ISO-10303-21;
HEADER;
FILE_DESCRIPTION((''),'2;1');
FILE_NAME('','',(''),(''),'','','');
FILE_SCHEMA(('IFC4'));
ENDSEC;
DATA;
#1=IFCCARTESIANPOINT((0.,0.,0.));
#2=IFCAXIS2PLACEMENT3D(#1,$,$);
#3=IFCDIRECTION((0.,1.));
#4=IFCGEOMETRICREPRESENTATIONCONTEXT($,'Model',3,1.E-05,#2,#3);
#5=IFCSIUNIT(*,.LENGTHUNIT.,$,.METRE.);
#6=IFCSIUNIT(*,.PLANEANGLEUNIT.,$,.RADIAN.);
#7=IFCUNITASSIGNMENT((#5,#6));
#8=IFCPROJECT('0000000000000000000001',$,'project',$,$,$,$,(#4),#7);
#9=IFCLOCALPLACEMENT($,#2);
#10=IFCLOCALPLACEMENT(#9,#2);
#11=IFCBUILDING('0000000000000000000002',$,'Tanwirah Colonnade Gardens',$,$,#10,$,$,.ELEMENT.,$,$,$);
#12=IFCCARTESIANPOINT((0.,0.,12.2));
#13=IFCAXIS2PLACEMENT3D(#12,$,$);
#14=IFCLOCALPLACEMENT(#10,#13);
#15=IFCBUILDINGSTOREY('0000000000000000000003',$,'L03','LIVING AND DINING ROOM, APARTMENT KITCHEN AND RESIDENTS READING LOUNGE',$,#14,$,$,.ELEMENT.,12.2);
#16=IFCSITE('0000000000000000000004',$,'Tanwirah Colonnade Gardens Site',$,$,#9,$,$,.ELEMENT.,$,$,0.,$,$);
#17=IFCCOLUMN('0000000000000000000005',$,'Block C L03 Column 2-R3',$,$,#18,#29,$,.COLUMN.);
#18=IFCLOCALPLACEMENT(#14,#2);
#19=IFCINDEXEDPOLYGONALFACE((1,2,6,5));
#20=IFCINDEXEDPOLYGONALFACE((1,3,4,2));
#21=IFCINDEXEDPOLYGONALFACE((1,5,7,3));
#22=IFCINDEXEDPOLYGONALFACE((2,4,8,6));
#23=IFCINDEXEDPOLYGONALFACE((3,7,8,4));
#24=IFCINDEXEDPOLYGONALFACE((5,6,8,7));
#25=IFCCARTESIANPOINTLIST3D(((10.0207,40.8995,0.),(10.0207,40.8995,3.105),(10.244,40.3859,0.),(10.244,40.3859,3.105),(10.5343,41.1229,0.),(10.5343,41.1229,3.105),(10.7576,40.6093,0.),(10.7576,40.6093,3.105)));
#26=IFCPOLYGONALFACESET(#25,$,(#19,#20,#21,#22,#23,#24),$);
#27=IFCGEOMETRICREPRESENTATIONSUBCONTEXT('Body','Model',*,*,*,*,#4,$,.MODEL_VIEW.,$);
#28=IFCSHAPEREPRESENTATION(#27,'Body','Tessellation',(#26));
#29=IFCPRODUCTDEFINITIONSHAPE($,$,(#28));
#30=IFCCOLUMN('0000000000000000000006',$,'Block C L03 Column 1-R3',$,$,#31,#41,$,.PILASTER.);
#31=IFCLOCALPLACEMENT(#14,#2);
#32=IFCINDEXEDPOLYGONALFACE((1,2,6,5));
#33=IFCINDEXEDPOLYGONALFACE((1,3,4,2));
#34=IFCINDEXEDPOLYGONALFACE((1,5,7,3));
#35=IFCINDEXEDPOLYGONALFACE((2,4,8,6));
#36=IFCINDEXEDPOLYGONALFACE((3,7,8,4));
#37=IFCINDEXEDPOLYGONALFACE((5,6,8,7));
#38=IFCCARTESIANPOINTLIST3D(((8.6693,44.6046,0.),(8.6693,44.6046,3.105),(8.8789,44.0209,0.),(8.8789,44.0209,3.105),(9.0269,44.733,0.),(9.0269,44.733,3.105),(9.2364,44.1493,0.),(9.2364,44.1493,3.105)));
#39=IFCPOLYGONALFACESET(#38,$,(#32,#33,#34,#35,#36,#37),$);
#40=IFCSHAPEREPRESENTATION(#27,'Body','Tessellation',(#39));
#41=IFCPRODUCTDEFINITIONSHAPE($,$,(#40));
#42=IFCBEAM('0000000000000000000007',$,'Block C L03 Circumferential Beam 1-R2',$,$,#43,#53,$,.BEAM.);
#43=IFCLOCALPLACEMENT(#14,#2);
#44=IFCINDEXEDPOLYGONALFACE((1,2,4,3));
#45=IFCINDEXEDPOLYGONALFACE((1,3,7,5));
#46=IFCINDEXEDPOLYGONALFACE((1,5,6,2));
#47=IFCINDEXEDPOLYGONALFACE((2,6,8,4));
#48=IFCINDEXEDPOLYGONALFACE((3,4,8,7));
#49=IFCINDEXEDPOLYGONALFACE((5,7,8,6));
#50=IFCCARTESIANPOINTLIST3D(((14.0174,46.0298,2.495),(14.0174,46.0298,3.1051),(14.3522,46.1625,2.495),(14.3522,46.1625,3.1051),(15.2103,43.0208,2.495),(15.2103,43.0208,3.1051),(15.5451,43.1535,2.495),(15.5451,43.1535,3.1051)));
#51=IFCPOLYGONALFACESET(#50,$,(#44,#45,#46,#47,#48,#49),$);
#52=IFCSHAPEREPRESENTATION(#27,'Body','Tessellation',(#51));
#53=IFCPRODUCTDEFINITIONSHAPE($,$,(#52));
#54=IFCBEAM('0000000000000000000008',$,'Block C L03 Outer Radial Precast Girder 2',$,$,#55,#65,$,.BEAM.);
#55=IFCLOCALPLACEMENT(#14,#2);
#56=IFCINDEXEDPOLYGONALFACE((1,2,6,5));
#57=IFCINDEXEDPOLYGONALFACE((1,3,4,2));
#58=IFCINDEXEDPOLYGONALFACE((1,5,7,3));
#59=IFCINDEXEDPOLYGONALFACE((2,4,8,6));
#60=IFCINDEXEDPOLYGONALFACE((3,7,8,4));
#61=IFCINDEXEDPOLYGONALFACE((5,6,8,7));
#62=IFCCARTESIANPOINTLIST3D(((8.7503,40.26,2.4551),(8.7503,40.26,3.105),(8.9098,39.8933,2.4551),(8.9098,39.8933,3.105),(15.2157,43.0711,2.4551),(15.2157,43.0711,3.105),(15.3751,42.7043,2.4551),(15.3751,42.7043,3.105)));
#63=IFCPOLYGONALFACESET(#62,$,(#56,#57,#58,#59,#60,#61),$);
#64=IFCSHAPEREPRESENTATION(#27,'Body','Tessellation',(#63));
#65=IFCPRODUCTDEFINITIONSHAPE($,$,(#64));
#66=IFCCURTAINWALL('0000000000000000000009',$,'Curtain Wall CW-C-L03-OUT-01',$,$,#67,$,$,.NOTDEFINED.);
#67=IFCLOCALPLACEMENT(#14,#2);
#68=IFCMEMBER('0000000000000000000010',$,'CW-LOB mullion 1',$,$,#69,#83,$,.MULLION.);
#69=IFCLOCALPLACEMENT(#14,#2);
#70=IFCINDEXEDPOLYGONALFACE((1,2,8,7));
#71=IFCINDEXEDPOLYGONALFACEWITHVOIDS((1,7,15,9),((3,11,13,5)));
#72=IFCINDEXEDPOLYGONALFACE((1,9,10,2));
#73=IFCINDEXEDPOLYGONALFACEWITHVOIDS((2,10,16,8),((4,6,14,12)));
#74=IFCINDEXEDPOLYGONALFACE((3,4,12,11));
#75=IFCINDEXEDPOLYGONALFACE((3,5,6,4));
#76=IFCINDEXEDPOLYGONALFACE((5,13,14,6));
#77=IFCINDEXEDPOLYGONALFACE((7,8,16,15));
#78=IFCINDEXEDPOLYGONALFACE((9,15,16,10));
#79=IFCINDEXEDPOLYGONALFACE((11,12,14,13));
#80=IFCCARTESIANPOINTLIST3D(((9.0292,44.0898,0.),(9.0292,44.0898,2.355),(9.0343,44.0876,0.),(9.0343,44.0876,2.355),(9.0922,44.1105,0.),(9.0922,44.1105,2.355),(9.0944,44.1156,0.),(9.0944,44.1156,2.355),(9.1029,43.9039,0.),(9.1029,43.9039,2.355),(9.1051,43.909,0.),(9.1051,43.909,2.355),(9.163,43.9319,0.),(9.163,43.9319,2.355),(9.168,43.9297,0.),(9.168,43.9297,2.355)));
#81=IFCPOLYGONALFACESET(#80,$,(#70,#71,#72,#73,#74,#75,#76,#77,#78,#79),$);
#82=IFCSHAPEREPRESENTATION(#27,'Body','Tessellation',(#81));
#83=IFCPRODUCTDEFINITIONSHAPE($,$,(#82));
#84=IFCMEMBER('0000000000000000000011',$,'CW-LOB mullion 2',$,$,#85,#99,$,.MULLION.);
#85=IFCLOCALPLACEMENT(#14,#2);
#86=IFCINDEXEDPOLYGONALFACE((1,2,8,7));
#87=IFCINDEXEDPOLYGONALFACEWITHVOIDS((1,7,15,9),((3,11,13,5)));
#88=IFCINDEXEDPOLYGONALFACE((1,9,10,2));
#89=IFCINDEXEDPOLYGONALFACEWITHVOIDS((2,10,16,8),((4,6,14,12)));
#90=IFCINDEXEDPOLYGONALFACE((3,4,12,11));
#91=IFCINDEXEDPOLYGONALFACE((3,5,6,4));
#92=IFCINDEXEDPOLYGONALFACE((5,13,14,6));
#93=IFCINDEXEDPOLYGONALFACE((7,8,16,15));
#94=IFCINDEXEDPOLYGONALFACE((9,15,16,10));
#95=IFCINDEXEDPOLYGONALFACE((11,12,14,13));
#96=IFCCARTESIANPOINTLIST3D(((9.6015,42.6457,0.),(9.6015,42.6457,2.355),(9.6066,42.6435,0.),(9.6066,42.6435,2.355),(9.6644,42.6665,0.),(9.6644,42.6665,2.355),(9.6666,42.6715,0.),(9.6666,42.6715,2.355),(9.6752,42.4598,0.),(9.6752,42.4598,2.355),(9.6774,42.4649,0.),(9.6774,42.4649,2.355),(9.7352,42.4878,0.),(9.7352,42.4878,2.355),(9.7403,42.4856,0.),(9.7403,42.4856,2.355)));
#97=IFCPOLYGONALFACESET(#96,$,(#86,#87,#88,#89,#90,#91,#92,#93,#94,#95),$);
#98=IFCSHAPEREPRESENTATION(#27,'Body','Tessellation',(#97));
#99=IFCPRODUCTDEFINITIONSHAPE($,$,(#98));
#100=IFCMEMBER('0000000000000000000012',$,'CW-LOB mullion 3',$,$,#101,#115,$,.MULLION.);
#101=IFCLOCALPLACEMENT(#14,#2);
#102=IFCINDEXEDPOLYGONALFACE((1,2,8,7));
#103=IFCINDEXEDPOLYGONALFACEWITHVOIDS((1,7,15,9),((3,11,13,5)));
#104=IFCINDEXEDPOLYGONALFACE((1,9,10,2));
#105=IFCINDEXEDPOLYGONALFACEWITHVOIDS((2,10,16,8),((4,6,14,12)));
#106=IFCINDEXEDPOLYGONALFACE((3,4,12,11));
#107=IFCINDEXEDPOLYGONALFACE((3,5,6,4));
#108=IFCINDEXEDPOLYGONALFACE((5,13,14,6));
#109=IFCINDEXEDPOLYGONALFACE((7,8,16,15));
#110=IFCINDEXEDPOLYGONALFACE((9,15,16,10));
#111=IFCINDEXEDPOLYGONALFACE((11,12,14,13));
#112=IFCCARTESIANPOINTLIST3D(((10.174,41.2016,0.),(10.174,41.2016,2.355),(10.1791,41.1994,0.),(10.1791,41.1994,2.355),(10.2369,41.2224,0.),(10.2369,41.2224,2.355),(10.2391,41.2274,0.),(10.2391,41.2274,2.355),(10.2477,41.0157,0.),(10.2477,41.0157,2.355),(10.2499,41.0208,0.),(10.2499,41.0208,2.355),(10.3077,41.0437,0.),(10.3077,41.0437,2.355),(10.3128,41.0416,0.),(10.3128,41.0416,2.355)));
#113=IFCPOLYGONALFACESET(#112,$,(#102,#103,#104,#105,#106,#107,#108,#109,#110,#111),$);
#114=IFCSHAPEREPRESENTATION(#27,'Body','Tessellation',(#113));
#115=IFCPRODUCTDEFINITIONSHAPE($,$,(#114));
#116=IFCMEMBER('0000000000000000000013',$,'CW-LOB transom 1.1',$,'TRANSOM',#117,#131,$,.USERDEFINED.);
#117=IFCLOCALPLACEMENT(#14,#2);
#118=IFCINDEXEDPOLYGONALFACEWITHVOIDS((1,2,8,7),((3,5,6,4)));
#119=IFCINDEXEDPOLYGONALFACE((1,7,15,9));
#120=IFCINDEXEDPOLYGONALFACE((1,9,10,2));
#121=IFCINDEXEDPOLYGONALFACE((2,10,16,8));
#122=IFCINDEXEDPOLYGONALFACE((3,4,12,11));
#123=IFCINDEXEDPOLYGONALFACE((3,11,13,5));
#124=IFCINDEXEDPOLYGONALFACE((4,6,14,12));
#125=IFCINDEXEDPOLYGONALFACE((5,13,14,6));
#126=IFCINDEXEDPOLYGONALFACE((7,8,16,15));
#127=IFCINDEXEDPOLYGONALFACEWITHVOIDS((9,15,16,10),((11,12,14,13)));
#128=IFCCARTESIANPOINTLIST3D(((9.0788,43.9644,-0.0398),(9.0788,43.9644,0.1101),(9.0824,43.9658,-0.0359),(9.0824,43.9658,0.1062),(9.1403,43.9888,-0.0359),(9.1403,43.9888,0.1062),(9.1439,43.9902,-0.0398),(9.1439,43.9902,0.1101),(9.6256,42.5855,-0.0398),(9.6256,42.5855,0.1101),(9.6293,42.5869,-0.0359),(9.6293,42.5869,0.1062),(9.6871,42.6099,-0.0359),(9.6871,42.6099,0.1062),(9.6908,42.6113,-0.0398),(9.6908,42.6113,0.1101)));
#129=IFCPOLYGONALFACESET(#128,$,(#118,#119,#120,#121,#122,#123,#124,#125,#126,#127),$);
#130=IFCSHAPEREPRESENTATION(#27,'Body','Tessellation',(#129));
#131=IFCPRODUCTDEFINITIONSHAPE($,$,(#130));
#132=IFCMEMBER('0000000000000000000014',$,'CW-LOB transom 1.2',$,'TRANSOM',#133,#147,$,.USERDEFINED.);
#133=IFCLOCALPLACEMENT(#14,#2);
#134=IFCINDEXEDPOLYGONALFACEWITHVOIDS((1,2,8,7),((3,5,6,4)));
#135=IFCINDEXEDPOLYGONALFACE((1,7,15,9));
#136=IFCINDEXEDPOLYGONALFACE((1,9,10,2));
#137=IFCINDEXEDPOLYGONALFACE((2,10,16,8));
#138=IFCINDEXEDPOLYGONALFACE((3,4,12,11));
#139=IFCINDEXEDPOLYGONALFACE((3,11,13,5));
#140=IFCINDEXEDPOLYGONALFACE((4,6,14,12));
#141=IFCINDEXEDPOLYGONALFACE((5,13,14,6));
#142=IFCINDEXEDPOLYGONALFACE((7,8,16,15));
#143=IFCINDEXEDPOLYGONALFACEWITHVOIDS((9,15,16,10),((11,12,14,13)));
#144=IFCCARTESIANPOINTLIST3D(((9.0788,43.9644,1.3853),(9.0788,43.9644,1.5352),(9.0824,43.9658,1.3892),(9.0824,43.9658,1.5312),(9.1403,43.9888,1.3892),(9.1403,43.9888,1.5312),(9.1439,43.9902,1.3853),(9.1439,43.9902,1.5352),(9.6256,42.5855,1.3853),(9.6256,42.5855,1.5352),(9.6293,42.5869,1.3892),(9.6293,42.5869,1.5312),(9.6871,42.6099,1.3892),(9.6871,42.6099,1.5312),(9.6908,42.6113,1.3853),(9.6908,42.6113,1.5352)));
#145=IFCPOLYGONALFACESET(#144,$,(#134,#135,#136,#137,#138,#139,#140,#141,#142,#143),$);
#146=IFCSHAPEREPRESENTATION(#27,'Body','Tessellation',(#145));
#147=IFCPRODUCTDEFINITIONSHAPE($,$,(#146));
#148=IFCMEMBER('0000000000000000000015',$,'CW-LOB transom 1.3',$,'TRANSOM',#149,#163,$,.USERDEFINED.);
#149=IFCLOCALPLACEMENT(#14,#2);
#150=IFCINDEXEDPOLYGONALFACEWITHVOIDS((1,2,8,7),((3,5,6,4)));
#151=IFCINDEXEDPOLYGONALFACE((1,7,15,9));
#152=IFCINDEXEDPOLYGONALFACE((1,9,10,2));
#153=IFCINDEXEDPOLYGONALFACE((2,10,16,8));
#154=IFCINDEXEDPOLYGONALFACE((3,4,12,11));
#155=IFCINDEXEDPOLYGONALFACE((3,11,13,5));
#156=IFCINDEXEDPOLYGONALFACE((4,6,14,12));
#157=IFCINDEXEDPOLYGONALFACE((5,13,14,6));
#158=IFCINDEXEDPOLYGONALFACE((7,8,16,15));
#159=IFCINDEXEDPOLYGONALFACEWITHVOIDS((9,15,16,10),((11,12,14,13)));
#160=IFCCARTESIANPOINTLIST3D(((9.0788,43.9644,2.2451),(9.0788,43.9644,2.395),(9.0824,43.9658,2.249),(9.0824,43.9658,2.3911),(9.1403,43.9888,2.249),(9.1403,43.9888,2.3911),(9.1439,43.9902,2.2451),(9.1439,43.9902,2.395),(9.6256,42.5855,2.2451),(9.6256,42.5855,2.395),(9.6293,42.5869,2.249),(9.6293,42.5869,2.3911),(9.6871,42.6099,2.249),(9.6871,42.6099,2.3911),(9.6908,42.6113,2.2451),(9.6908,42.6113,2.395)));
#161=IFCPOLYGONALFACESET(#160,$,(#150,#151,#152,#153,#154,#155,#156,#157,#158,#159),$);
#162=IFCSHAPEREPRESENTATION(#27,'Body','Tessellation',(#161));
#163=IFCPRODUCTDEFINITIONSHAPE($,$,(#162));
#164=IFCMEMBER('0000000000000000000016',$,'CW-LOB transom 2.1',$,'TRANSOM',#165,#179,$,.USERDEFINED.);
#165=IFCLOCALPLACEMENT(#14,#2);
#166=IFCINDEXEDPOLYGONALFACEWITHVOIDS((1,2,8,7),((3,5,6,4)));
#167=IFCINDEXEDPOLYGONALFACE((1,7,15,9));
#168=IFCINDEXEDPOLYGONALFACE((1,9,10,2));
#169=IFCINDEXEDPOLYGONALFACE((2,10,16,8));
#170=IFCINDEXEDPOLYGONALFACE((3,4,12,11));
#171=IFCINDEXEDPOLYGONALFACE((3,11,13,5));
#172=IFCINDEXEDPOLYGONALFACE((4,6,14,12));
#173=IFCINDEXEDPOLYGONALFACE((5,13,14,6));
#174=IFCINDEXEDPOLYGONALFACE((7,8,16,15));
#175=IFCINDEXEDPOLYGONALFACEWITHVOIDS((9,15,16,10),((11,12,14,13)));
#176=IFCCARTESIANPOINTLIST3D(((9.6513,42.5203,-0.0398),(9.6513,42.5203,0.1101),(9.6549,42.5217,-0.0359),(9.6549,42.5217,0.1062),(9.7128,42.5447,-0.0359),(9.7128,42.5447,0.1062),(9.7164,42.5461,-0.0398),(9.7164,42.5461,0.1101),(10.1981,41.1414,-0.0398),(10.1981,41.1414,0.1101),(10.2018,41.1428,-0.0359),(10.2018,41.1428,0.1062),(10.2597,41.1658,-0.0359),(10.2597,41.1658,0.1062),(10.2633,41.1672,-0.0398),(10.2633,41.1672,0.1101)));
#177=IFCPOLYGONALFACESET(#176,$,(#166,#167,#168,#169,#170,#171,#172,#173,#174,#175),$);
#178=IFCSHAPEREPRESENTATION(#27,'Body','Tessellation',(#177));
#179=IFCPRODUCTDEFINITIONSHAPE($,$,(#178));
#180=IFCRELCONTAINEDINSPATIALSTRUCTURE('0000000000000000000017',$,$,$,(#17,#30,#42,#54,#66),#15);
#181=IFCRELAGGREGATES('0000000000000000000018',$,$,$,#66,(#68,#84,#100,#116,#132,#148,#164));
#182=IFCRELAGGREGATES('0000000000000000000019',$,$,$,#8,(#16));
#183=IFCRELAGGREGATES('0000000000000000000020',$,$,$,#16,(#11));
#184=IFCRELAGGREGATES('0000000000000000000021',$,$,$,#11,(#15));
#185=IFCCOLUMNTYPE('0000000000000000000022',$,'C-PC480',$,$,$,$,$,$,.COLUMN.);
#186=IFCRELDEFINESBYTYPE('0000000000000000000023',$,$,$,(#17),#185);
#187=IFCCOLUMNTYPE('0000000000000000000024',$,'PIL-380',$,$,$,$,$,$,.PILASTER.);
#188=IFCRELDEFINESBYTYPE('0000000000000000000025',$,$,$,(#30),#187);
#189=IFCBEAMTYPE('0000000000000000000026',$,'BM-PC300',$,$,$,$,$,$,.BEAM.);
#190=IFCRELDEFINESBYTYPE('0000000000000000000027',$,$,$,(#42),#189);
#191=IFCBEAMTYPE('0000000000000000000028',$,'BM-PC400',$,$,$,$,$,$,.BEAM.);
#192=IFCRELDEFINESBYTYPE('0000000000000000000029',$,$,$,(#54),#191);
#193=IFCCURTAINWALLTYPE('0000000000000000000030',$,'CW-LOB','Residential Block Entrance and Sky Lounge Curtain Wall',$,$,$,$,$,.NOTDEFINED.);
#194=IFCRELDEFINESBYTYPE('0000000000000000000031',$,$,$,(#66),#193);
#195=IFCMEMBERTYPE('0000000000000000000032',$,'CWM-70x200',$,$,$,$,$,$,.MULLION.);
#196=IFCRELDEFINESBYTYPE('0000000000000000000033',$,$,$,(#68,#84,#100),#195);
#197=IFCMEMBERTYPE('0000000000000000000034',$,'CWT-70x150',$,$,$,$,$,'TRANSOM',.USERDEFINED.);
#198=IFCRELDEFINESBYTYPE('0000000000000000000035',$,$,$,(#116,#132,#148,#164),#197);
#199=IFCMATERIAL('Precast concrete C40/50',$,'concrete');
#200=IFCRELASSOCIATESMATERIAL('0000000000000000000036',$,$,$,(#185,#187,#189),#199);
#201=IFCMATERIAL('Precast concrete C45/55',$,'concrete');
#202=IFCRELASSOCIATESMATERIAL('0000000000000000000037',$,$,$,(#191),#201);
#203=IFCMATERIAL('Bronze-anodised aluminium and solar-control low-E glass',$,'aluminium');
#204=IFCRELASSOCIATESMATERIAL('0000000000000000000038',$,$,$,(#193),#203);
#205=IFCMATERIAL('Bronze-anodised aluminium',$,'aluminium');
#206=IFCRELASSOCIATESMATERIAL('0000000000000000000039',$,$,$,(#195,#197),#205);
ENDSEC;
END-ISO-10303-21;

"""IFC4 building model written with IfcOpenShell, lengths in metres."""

from ifc_helpers import new_model, si_unit, direction, frame, origin, origin_2d, place, context, subcontext, project, spatial, rectangle, hollow_rectangle, extrude, material, material_profile, profile_set, type_object, element, aggregate, save


model = new_model("IFC4")

# Units and contexts
model_context = context("Model", 3, precision=1e-05, world=origin(), true_north=direction((0.0, 1.0)))
body_context = subcontext(model_context, "Body", "Model", "MODEL_VIEW")
ifc_project = project(units=[si_unit("LENGTHUNIT", "METRE"), si_unit("PLANEANGLEUNIT", "RADIAN")], contexts=[model_context])

# Site, building, storey
site_placement = place(None, origin())
site = spatial("IfcSite", under=ifc_project, at=site_placement, Name="Tanwirah Colonnade Gardens Site", CompositionType="ELEMENT", RefElevation=0.0)
building_placement = place(site_placement, origin())
building = spatial("IfcBuilding", under=site, at=building_placement, Name="Tanwirah Colonnade Gardens", CompositionType="ELEMENT")
storey_placement = place(building_placement, frame((0.0, 0.0, 12.2)))
storey = spatial("IfcBuildingStorey", under=building, at=storey_placement, Name="L03", Description="LIVING AND DINING ROOM, APARTMENT KITCHEN AND RESIDENTS READING LOUNGE", CompositionType="ELEMENT", Elevation=12.2)

# Columns
ifc_material_1 = material(Name="Precast concrete C40/50", Category="concrete")
ifc_material_profile_1 = material_profile(ifc_material_1, rectangle(XDim=0.5601, YDim=0.5601, at=origin_2d()), Name="PC-COL 560x560")
ifc_profile_set_1 = profile_set([ifc_material_profile_1], Name="Precast concrete C40/50")
column_type_1 = type_object("IfcColumnType", Name="C-PC480", PredefinedType="COLUMN", material=ifc_profile_set_1)
column_1_placement = place(storey_placement, frame((10.3892, 40.7544, 0.0), z_axis=(0.0, 0.0, 1.0), x_axis=(-0.91706, -0.398749, 0.0)))
element("IfcColumn", 1, at=column_1_placement, inside=storey, type_object=column_type_1, Name="Block C L03 Column 2-R3", PredefinedType="COLUMN", context=body_context, shape_type="SweptSolid", body=[
    extrude(rectangle(XDim=0.5601, YDim=0.5601, at=origin_2d()), origin(), (0.0, 0.0, 1.0), 3.105),
])
ifc_material_profile_2 = material_profile(ifc_material_1, rectangle(XDim=0.3799, YDim=0.6201, at=origin_2d()), Name="PC-PIL 380x620")
ifc_profile_set_2 = profile_set([ifc_material_profile_2], Name="Precast concrete C40/50")
column_type_2 = type_object("IfcColumnType", Name="PIL-380", PredefinedType="PILASTER", material=ifc_profile_set_2)
column_2_placement = place(storey_placement, frame((8.9529, 44.377, 0.0), z_axis=(0.0, 0.0, 1.0), x_axis=(-0.941176, -0.337917, 0.0)))
element("IfcColumn", 2, at=column_2_placement, inside=storey, type_object=column_type_2, Name="Block C L03 Column 1-R3", PredefinedType="PILASTER", context=body_context, shape_type="SweptSolid", body=[
    extrude(rectangle(XDim=0.3799, YDim=0.6201, at=origin_2d()), origin(), (0.0, 0.0, 1.0), 3.105),
])

# Beams
ifc_material_profile_3 = material_profile(ifc_material_1, rectangle(XDim=0.3601, YDim=0.6101, at=origin_2d()), Name="PC-BM 360x610")
ifc_profile_set_3 = profile_set([ifc_material_profile_3], Name="Precast concrete C40/50")
beam_type_1 = type_object("IfcBeamType", Name="BM-PC300", PredefinedType="BEAM", material=ifc_profile_set_3)
beam_1_placement = place(storey_placement, frame((14.1848, 46.0962, 2.8), z_axis=(0.368528, -0.929617, 0.0), x_axis=(0.929617, 0.368528, 0.0)))
element("IfcBeam", 3, at=beam_1_placement, inside=storey, type_object=beam_type_1, Name="Block C L03 Circumferential Beam 1-R2", PredefinedType="BEAM", context=body_context, shape_type="SweptSolid", body=[
    extrude(rectangle(XDim=0.3601, YDim=0.6101, at=origin_2d()), origin(), (0.0, 0.0, 1.0), 3.2368),
])
ifc_material_2 = material(Name="Precast concrete C45/55", Category="concrete")
ifc_material_profile_4 = material_profile(ifc_material_2, rectangle(XDim=0.3999, YDim=0.6499, at=origin_2d()), Name="PC-BM 400x650")
ifc_profile_set_4 = profile_set([ifc_material_profile_4], Name="Precast concrete C45/55")
beam_type_2 = type_object("IfcBeamType", Name="BM-PC400", PredefinedType="BEAM", material=ifc_profile_set_4)
beam_2_placement = place(storey_placement, frame((15.2954, 42.8877, 2.78), z_axis=(-0.917069, -0.398729, 0.0), x_axis=(0.398729, -0.917069, 0.0)))
element("IfcBeam", 4, at=beam_2_placement, inside=storey, type_object=beam_type_2, Name="Block C L03 Outer Radial Precast Girder 2", PredefinedType="BEAM", context=body_context, shape_type="SweptSolid", body=[
    extrude(rectangle(XDim=0.3999, YDim=0.6499, at=origin_2d()), origin(), (0.0, 0.0, 1.0), 7.05),
])

# Curtain wall, members
ifc_material_3 = material(Name="Bronze-anodised aluminium and solar-control low-E glass", Category="aluminium")
curtain_wall_type = type_object("IfcCurtainWallType", Name="CW-LOB", Description="Residential Block Entrance and Sky Lounge Curtain Wall", PredefinedType="NOTDEFINED", material=ifc_material_3)
curtain_wall_placement = place(storey_placement, origin())
curtain_wall = element("IfcCurtainWall", 5, at=curtain_wall_placement, inside=storey, type_object=curtain_wall_type, Name="Curtain Wall CW-C-L03-OUT-01", PredefinedType="NOTDEFINED")
ifc_material_4 = material(Name="Bronze-anodised aluminium", Category="aluminium")
ifc_material_profile_5 = material_profile(ifc_material_4, hollow_rectangle(XDim=0.0701, YDim=0.2, WallThickness=0.0039, at=origin_2d()), Name="CW-MUL 70x200x4")
ifc_profile_set_5 = profile_set([ifc_material_profile_5], Name="Bronze-anodised aluminium")
member_type_1 = type_object("IfcMemberType", Name="CWM-70x200", PredefinedType="MULLION", material=ifc_profile_set_5)
member_1_placement = place(storey_placement, frame((9.0986, 44.0098, 0.0), z_axis=(0.0, 0.0, 1.0), x_axis=(0.929616, 0.368529, 0.0)))
member_1 = element("IfcMember", 6, at=member_1_placement, type_object=member_type_1, Name="CW-LOB mullion 1", PredefinedType="MULLION", context=body_context, shape_type="SweptSolid", body=[
    extrude(hollow_rectangle(XDim=0.0701, YDim=0.2, WallThickness=0.0039, at=origin_2d()), origin(), (0.0, 0.0, 1.0), 2.355),
])
member_2_placement = place(storey_placement, frame((9.6709, 42.5657, 0.0), z_axis=(0.0, 0.0, 1.0), x_axis=(0.929616, 0.368529, 0.0)))
member_2 = element("IfcMember", 7, at=member_2_placement, type_object=member_type_1, Name="CW-LOB mullion 2", PredefinedType="MULLION", context=body_context, shape_type="SweptSolid", body=[
    extrude(hollow_rectangle(XDim=0.0701, YDim=0.2, WallThickness=0.0039, at=origin_2d()), origin(), (0.0, 0.0, 1.0), 2.355),
])
member_3_placement = place(storey_placement, frame((10.2434, 41.1216, 0.0), z_axis=(0.0, 0.0, 1.0), x_axis=(0.929616, 0.368529, 0.0)))
member_3 = element("IfcMember", 8, at=member_3_placement, type_object=member_type_1, Name="CW-LOB mullion 3", PredefinedType="MULLION", context=body_context, shape_type="SweptSolid", body=[
    extrude(hollow_rectangle(XDim=0.0701, YDim=0.2, WallThickness=0.0039, at=origin_2d()), origin(), (0.0, 0.0, 1.0), 2.355),
])
ifc_material_profile_6 = material_profile(ifc_material_4, hollow_rectangle(XDim=0.0701, YDim=0.1499, WallThickness=0.0039, at=origin_2d()), Name="CW-TRN 70x150x4")
ifc_profile_set_6 = profile_set([ifc_material_profile_6], Name="Bronze-anodised aluminium")
member_type_2 = type_object("IfcMemberType", Name="CWT-70x150", ElementType="TRANSOM", PredefinedType="USERDEFINED", material=ifc_profile_set_6)
member_4_placement = place(storey_placement, frame((9.1113, 43.9773, 0.0352), z_axis=(0.368665, -0.929562, 0.0), x_axis=(0.929562, 0.368665, 0.0)))
member_4 = element("IfcMember", 9, at=member_4_placement, type_object=member_type_2, Name="CW-LOB transom 1.1", ObjectType="TRANSOM", PredefinedType="USERDEFINED", context=body_context, shape_type="SweptSolid", body=[
    extrude(hollow_rectangle(XDim=0.0701, YDim=0.1499, WallThickness=0.0039, at=origin_2d()), origin(), (0.0, 0.0, 1.0), 1.4834),
])
member_5_placement = place(storey_placement, frame((9.1113, 43.9773, 1.4602), z_axis=(0.368665, -0.929562, 0.0), x_axis=(0.929562, 0.368665, 0.0)))
member_5 = element("IfcMember", 10, at=member_5_placement, type_object=member_type_2, Name="CW-LOB transom 1.2", ObjectType="TRANSOM", PredefinedType="USERDEFINED", context=body_context, shape_type="SweptSolid", body=[
    extrude(hollow_rectangle(XDim=0.0701, YDim=0.1499, WallThickness=0.0039, at=origin_2d()), origin(), (0.0, 0.0, 1.0), 1.4834),
])
member_6_placement = place(storey_placement, frame((9.1113, 43.9773, 2.3201), z_axis=(0.368665, -0.929562, 0.0), x_axis=(0.929562, 0.368665, 0.0)))
member_6 = element("IfcMember", 11, at=member_6_placement, type_object=member_type_2, Name="CW-LOB transom 1.3", ObjectType="TRANSOM", PredefinedType="USERDEFINED", context=body_context, shape_type="SweptSolid", body=[
    extrude(hollow_rectangle(XDim=0.0701, YDim=0.1499, WallThickness=0.0039, at=origin_2d()), origin(), (0.0, 0.0, 1.0), 1.4834),
])
member_7_placement = place(storey_placement, frame((9.6838, 42.5332, 0.0352), z_axis=(0.368665, -0.929562, 0.0), x_axis=(0.929562, 0.368665, 0.0)))
member_7 = element("IfcMember", 12, at=member_7_placement, type_object=member_type_2, Name="CW-LOB transom 2.1", ObjectType="TRANSOM", PredefinedType="USERDEFINED", context=body_context, shape_type="SweptSolid", body=[
    extrude(hollow_rectangle(XDim=0.0701, YDim=0.1499, WallThickness=0.0039, at=origin_2d()), origin(), (0.0, 0.0, 1.0), 1.4834),
])

aggregate(curtain_wall, [member_1, member_2, member_3, member_4, member_5, member_6, member_7])

save(model, "model.ifc")
